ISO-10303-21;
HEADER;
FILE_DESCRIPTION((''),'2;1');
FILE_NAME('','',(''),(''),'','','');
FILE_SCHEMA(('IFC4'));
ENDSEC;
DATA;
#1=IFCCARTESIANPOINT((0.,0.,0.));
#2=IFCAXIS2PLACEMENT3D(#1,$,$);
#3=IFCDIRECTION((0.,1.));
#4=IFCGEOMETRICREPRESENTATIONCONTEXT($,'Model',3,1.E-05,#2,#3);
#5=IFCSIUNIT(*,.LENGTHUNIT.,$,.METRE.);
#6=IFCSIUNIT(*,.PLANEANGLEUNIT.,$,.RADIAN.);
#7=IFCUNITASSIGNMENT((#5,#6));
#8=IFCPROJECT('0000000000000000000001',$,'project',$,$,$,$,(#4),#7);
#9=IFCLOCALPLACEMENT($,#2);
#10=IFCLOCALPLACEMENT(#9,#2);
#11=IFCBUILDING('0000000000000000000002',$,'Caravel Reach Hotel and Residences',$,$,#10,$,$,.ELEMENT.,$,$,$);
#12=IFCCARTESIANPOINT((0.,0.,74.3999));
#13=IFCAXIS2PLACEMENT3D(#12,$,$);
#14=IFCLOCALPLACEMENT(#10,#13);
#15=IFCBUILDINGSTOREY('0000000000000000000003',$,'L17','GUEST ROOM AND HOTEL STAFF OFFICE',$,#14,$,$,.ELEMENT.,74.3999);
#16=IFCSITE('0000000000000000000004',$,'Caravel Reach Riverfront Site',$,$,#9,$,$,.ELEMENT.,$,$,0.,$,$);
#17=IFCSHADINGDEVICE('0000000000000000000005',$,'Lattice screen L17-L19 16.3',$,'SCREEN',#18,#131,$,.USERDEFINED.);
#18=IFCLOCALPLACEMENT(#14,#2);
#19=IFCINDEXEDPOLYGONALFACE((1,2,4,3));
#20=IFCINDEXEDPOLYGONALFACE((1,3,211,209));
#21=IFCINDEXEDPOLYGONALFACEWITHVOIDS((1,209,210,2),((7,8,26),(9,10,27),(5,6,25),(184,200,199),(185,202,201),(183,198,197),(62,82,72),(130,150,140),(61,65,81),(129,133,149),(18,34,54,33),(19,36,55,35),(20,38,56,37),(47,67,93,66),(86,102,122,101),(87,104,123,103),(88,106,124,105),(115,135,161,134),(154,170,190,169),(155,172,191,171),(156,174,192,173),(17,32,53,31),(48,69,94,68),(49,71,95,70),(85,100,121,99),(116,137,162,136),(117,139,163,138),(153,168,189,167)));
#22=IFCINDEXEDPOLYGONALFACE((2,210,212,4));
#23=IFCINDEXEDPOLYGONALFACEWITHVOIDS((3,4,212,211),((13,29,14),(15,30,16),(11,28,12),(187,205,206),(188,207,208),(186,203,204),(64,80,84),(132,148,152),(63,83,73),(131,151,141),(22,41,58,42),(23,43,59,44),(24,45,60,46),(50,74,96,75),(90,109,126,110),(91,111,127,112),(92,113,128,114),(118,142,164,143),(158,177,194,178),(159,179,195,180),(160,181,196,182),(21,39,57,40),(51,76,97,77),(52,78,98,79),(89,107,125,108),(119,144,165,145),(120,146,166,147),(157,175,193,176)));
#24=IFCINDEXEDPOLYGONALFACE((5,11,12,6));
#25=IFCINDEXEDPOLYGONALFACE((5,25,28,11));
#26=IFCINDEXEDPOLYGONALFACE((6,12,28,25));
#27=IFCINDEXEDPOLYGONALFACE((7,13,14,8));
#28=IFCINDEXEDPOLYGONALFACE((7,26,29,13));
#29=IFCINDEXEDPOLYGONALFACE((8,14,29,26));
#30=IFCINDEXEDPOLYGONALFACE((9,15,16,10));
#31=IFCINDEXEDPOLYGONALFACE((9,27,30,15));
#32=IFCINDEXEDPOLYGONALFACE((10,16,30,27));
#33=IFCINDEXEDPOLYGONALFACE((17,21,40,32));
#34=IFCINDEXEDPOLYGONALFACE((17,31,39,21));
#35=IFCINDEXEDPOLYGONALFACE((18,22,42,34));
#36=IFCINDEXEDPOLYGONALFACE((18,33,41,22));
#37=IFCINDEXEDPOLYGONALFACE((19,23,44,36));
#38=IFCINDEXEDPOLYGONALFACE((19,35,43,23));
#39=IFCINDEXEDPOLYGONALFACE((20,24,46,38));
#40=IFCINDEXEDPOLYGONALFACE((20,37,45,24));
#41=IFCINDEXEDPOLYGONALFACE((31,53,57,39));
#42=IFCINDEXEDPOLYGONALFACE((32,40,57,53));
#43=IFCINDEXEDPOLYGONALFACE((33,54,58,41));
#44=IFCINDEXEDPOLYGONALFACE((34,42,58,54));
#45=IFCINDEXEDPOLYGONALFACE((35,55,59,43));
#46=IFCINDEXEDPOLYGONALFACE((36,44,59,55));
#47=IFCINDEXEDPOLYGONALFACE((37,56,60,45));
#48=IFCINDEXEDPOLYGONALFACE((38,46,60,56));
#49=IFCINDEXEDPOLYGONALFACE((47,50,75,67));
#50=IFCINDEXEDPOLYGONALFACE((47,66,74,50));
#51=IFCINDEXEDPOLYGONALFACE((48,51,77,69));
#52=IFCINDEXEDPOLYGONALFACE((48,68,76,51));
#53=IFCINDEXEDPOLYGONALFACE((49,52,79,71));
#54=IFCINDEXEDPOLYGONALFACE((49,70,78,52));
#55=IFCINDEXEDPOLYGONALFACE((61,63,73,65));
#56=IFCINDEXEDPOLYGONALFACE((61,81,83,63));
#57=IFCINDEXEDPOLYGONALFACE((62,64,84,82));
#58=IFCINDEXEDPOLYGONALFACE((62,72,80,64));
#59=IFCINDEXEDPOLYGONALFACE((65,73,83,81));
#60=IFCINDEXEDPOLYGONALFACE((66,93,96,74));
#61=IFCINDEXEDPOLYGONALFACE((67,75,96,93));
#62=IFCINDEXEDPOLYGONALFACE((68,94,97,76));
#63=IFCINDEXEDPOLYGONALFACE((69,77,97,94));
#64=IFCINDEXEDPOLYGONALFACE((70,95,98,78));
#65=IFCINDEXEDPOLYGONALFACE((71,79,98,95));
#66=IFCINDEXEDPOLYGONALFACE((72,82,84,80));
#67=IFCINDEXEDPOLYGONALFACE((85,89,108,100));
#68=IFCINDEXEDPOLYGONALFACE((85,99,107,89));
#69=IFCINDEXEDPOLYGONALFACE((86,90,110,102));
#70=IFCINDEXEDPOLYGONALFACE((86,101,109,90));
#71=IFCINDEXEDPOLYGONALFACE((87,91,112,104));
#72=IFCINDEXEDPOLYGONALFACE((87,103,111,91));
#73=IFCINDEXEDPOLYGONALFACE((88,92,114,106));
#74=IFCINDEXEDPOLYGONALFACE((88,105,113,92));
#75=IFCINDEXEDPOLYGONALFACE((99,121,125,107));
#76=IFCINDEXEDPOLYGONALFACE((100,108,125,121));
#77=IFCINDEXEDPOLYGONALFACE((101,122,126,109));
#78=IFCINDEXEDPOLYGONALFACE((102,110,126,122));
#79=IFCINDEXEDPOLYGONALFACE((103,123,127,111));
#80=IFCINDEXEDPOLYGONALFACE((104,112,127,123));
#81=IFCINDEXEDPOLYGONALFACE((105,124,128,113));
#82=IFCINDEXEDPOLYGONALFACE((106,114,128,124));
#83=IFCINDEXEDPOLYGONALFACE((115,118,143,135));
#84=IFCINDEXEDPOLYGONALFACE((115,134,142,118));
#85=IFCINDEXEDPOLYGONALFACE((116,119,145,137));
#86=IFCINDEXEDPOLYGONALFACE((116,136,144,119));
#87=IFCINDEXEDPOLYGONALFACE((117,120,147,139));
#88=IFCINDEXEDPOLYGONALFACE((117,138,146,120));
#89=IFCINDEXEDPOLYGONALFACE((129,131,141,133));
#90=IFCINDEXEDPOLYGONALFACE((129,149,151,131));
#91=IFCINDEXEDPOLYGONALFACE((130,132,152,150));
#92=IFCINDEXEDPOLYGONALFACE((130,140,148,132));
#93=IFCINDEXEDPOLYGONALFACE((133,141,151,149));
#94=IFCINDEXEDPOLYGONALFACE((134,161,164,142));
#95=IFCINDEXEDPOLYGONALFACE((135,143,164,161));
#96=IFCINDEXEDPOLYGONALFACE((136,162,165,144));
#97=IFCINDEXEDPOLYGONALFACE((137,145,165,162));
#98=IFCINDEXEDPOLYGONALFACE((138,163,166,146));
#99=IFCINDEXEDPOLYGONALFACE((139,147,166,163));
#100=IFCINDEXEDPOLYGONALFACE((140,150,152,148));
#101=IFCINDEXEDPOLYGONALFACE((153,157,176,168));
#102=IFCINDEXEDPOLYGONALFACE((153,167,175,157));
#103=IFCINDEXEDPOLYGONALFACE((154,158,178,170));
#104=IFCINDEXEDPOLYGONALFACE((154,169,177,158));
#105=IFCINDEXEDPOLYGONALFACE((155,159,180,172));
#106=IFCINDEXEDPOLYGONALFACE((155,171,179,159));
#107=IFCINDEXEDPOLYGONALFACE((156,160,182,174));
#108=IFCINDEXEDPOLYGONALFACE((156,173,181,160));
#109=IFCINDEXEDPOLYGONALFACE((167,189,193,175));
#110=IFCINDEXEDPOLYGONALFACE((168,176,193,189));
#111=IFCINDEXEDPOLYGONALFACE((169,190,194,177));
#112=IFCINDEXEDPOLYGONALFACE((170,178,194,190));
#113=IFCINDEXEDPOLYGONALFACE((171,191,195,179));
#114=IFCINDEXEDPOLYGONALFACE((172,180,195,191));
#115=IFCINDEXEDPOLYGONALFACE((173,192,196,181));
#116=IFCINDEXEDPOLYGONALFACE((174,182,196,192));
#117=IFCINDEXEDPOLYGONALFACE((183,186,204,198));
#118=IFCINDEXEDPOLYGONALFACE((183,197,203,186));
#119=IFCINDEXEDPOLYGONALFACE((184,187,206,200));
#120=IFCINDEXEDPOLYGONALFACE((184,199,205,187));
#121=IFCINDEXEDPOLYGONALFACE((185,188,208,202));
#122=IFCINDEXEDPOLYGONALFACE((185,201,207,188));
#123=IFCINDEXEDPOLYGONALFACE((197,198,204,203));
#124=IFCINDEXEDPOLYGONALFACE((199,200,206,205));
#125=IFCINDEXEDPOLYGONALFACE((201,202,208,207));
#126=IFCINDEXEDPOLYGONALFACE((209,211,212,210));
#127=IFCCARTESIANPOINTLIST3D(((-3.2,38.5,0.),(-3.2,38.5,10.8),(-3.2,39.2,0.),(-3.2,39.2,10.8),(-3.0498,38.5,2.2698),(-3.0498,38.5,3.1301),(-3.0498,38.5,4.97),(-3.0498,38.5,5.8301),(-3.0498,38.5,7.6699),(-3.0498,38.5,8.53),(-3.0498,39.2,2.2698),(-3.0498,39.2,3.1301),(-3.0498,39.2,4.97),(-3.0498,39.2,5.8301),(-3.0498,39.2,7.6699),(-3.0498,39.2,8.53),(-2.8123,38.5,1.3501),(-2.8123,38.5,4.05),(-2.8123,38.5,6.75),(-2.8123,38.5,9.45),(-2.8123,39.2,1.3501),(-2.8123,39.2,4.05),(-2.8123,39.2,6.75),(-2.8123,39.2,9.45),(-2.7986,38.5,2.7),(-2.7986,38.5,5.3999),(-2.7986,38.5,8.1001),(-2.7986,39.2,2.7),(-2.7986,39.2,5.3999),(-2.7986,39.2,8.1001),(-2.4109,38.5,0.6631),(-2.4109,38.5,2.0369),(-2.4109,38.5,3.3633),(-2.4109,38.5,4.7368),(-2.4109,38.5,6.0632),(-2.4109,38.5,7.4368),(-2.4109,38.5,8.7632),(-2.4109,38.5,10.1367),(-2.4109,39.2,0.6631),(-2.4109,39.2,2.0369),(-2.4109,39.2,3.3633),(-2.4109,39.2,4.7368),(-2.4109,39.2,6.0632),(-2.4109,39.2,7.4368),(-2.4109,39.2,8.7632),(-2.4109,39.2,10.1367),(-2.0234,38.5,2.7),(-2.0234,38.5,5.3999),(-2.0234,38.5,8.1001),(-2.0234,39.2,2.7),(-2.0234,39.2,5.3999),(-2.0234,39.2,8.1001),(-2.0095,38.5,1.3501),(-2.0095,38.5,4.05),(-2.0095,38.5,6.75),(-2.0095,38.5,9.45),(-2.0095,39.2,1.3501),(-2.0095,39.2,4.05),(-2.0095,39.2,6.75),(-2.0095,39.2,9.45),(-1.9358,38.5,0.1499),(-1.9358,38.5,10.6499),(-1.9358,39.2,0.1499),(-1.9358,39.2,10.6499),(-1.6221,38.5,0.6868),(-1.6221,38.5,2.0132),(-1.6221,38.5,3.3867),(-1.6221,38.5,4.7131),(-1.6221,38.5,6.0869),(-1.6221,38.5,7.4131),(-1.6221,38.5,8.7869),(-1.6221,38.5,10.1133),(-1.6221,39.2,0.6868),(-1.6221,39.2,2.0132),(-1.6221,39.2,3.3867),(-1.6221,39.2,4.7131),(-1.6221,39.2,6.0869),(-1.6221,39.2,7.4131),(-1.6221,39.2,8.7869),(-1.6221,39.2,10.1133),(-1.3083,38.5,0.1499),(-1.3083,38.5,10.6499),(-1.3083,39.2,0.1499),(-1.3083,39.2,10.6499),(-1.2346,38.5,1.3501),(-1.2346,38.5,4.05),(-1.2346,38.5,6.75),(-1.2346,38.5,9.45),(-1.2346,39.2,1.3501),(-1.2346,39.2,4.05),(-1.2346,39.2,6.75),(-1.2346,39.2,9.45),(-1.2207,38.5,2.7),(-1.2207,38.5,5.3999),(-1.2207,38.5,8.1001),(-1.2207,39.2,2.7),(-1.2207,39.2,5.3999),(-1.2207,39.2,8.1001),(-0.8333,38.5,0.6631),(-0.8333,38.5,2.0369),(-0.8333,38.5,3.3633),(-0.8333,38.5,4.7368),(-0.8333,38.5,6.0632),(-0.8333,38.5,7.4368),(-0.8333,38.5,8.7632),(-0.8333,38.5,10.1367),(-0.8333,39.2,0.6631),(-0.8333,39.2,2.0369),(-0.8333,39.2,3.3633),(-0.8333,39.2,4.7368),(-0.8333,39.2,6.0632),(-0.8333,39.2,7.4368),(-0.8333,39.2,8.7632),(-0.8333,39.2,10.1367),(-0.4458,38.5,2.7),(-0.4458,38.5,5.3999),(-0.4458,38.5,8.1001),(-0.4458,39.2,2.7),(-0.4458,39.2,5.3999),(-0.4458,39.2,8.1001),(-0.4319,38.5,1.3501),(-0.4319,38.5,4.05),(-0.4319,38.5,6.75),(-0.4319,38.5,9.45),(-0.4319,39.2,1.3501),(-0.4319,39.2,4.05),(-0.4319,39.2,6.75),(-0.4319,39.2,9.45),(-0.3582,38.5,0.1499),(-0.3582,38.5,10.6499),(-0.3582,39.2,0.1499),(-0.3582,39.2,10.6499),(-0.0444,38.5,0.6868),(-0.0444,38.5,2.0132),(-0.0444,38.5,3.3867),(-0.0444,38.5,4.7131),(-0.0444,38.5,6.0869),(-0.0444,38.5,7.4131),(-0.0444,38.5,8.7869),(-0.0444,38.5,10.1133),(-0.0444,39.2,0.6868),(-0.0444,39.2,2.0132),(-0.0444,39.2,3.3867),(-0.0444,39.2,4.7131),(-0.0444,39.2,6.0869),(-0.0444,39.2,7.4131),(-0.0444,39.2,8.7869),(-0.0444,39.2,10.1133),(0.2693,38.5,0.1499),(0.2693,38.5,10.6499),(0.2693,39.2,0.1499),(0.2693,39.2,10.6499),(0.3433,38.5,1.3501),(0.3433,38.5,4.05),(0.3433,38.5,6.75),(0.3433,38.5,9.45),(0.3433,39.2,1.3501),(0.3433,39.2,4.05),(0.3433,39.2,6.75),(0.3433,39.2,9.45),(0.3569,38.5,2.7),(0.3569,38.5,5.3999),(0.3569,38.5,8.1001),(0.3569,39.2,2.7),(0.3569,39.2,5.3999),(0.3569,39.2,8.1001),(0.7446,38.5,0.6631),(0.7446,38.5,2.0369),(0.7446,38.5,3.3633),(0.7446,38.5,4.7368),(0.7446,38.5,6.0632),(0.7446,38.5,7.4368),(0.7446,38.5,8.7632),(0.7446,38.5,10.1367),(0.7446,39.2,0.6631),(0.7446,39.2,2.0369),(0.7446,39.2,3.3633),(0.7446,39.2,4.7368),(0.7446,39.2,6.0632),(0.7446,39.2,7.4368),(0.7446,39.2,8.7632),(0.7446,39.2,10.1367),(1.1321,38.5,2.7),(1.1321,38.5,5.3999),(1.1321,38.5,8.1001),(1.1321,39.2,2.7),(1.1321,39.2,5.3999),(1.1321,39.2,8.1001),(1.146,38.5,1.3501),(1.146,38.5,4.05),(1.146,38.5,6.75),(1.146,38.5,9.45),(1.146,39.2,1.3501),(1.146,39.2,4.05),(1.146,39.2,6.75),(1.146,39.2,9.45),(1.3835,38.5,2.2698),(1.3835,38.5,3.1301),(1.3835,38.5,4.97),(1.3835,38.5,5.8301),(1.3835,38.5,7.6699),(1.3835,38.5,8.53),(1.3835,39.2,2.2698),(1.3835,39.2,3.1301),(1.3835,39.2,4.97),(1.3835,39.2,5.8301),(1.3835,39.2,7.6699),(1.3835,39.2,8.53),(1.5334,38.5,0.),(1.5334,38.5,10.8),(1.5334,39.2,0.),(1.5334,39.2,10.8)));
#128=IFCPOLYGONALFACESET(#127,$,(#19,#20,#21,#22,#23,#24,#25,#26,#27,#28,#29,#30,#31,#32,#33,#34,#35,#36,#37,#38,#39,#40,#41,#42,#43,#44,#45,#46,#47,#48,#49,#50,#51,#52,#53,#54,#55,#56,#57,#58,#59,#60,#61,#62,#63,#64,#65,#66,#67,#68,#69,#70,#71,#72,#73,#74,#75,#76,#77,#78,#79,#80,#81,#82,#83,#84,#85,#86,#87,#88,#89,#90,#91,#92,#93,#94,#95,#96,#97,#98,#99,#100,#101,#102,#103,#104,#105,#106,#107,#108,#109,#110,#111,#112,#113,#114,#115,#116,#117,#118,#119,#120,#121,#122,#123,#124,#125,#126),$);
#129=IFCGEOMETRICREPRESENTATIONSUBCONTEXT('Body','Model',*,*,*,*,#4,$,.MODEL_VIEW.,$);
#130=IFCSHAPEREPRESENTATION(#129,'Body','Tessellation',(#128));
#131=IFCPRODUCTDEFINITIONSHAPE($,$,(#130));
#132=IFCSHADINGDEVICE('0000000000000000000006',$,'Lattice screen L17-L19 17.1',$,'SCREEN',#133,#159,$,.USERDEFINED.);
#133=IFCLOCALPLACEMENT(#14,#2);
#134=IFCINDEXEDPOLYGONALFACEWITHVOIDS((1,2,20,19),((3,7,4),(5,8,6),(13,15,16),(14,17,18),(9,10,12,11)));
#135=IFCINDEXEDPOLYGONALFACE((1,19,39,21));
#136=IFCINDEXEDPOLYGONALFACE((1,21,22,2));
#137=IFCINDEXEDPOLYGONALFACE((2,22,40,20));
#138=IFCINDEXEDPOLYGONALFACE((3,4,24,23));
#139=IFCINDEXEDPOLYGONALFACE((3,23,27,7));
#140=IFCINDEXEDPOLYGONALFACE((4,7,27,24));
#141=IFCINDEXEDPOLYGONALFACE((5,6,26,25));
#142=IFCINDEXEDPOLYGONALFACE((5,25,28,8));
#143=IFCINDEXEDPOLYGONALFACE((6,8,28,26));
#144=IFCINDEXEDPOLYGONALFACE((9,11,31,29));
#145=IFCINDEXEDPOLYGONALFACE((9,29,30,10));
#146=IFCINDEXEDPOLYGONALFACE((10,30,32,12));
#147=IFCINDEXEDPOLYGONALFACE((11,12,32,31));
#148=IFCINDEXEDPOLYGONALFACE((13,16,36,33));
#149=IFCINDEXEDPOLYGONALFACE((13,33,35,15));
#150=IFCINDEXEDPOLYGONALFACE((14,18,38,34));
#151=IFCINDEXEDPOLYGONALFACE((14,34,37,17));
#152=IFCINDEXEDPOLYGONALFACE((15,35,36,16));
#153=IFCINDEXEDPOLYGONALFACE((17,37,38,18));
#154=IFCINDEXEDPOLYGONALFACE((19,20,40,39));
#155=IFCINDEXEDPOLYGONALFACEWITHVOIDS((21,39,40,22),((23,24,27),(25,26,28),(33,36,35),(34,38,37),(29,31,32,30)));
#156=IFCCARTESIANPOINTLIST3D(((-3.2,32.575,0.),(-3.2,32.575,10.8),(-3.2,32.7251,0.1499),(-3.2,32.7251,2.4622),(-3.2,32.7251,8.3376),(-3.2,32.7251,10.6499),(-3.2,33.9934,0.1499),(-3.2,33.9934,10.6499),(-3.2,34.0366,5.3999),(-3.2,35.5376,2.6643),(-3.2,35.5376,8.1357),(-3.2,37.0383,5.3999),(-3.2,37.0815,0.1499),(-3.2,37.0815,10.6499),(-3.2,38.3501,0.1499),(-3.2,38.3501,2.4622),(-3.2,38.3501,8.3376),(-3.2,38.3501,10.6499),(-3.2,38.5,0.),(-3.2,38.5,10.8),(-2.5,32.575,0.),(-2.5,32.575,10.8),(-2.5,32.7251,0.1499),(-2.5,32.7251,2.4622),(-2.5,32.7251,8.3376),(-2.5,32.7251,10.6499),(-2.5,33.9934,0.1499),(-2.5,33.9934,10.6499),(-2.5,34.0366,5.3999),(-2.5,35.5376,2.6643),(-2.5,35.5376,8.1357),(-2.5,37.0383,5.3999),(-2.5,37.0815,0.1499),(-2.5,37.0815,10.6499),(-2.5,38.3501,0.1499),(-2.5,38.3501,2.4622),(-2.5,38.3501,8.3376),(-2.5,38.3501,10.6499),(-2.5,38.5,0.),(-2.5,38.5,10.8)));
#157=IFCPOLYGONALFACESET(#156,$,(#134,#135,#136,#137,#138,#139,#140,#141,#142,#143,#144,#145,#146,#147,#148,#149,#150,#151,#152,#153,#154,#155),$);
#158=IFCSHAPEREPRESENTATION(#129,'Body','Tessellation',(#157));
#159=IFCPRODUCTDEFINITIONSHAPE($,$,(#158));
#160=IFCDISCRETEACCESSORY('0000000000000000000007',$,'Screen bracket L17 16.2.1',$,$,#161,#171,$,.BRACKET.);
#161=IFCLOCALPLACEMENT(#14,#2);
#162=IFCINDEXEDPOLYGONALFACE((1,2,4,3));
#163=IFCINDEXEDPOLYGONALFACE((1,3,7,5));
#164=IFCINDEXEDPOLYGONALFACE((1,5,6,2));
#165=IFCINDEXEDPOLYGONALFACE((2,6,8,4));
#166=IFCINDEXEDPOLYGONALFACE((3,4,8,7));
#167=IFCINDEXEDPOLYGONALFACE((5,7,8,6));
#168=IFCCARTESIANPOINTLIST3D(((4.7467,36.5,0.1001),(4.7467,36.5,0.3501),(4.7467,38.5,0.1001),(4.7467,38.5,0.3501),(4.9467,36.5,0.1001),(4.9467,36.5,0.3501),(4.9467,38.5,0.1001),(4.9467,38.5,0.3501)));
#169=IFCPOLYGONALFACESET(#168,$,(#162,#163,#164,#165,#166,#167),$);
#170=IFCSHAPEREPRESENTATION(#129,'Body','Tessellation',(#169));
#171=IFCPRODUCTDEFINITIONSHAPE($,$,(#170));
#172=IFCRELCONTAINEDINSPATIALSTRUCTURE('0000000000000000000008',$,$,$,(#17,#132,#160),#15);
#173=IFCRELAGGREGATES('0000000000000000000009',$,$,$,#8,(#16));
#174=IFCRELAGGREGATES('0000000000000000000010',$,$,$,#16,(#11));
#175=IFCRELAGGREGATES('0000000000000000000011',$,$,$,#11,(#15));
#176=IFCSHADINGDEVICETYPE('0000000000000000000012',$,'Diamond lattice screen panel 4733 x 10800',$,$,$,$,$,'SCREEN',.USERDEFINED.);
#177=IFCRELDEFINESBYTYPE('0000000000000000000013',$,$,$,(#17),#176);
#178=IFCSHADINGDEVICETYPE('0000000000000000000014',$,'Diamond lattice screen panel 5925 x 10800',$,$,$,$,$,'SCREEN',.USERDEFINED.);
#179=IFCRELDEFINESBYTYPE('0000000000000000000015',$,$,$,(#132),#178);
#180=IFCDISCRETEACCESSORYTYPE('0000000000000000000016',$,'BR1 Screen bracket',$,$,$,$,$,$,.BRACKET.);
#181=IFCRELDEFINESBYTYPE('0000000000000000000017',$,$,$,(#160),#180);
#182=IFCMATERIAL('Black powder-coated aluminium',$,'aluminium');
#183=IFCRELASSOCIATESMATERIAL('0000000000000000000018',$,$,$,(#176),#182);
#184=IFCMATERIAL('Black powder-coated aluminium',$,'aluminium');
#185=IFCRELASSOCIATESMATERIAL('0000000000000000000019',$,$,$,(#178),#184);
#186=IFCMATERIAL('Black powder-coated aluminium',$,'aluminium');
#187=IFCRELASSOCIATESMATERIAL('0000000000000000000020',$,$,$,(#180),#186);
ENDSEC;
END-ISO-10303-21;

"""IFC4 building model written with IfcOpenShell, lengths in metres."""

from ifc_helpers import new_model, si_unit, direction, frame, origin, origin_2d, place, context, subcontext, project, spatial, polyline, rectangle, outline, extrude, material, type_object, element, save


model = new_model("IFC4")

# Units and contexts
model_context = context("Model", 3, precision=1e-05, world=origin(), true_north=direction((0.0, 1.0)))
body_context = subcontext(model_context, "Body", "Model", "MODEL_VIEW")
ifc_project = project(units=[si_unit("LENGTHUNIT", "METRE"), si_unit("PLANEANGLEUNIT", "RADIAN")], contexts=[model_context])

# Site, building, storey
site_placement = place(None, origin())
site = spatial("IfcSite", under=ifc_project, at=site_placement, Name="Caravel Reach Riverfront Site", CompositionType="ELEMENT", RefElevation=0.0)
building_placement = place(site_placement, origin())
building = spatial("IfcBuilding", under=site, at=building_placement, Name="Caravel Reach Hotel and Residences", CompositionType="ELEMENT")
storey_placement = place(building_placement, frame((0.0, 0.0, 74.3999)))
storey = spatial("IfcBuildingStorey", under=building, at=storey_placement, Name="L17", Description="GUEST ROOM AND HOTEL STAFF OFFICE", CompositionType="ELEMENT", Elevation=74.3999)

# Shading devices
ifc_material_1 = material(Name="Black powder-coated aluminium", Category="aluminium")
shading_device_type_1 = type_object("IfcShadingDeviceType", Name="Diamond lattice screen panel 4733 x 10800", ElementType="SCREEN", PredefinedType="USERDEFINED", material=ifc_material_1)
shading_device_1_placement = place(storey_placement, frame((1.5334, 38.5, 0.0), z_axis=(0.0, 1.0, 0.0), x_axis=(-1.0, 0.0, 0.0)))
element("IfcShadingDevice", 1, at=shading_device_1_placement, inside=storey, type_object=shading_device_type_1, Name="Lattice screen L17-L19 16.3", ObjectType="SCREEN", PredefinedType="USERDEFINED", context=body_context, shape_type="SweptSolid", body=[
    extrude(outline(polyline([(0.0, 0.0), (4.7334, 0.0), (4.7334, 10.8), (0.0, 10.8), (0.0, 0.0)]), holes=[polyline([(0.4014, 2.7), (0.1499, 3.1301), (0.1499, 2.2698), (0.4014, 2.7)]), polyline([(0.4014, 5.3999), (0.1499, 5.8301), (0.1499, 4.97), (0.4014, 5.3999)]), polyline([(0.4014, 8.1001), (0.1499, 8.53), (0.1499, 7.6699), (0.4014, 8.1001)]), polyline([(0.7888, 2.0369), (0.3875, 1.3501), (0.7888, 0.6631), (1.1902, 1.3501), (0.7888, 2.0369)]), polyline([(0.7888, 4.7368), (0.3875, 4.05), (0.7888, 3.3633), (1.1902, 4.05), (0.7888, 4.7368)]), polyline([(0.7888, 7.4368), (0.3875, 6.75), (0.7888, 6.0632), (1.1902, 6.75), (0.7888, 7.4368)]), polyline([(0.7888, 10.1367), (0.3875, 9.45), (0.7888, 8.7632), (1.1902, 9.45), (0.7888, 10.1367)]), polyline([(1.5779, 0.6868), (1.2642, 0.1499), (1.8916, 0.1499), (1.5779, 0.6868)]), polyline([(1.5779, 3.3867), (1.1765, 2.7), (1.5779, 2.0132), (1.9792, 2.7), (1.5779, 3.3867)]), polyline([(1.5779, 6.0869), (1.1765, 5.3999), (1.5779, 4.7131), (1.9792, 5.3999), (1.5779, 6.0869)]), polyline([(1.5779, 8.7869), (1.1765, 8.1001), (1.5779, 7.4131), (1.9792, 8.1001), (1.5779, 8.7869)]), polyline([(1.5779, 10.1133), (1.8916, 10.6499), (1.2642, 10.6499), (1.5779, 10.1133)]), polyline([(2.3667, 2.0369), (1.9653, 1.3501), (2.3667, 0.6631), (2.7681, 1.3501), (2.3667, 2.0369)]), polyline([(2.3667, 4.7368), (1.9653, 4.05), (2.3667, 3.3633), (2.7681, 4.05), (2.3667, 4.7368)]), polyline([(2.3667, 7.4368), (1.9653, 6.75), (2.3667, 6.0632), (2.7681, 6.75), (2.3667, 7.4368)]), polyline([(2.3667, 10.1367), (1.9653, 9.45), (2.3667, 8.7632), (2.7681, 9.45), (2.3667, 10.1367)]), polyline([(3.1555, 0.6868), (2.8418, 0.1499), (3.4692, 0.1499), (3.1555, 0.6868)]), polyline([(3.1555, 3.3867), (2.7542, 2.7), (3.1555, 2.0132), (3.5569, 2.7), (3.1555, 3.3867)]), polyline([(3.1555, 6.0869), (2.7542, 5.3999), (3.1555, 4.7131), (3.5569, 5.3999), (3.1555, 6.0869)]), polyline([(3.1555, 8.7869), (2.7542, 8.1001), (3.1555, 7.4131), (3.5569, 8.1001), (3.1555, 8.7869)]), polyline([(3.1555, 10.1133), (3.4692, 10.6499), (2.8418, 10.6499), (3.1555, 10.1133)]), polyline([(3.9443, 2.0369), (3.543, 1.3501), (3.9443, 0.6631), (4.3457, 1.3501), (3.9443, 2.0369)]), polyline([(3.9443, 4.7368), (3.543, 4.05), (3.9443, 3.3633), (4.3457, 4.05), (3.9443, 4.7368)]), polyline([(3.9443, 7.4368), (3.543, 6.75), (3.9443, 6.0632), (4.3457, 6.75), (3.9443, 7.4368)]), polyline([(3.9443, 10.1367), (3.543, 9.45), (3.9443, 8.7632), (4.3457, 9.45), (3.9443, 10.1367)]), polyline([(4.332, 2.7), (4.5833, 2.2698), (4.5833, 3.1301), (4.332, 2.7)]), polyline([(4.332, 5.3999), (4.5833, 4.97), (4.5833, 5.8301), (4.332, 5.3999)]), polyline([(4.332, 8.1001), (4.5833, 7.6699), (4.5833, 8.53), (4.332, 8.1001)])]), origin(), (0.0, 0.0, 1.0), 0.7),
])
ifc_material_2 = material(Name="Black powder-coated aluminium", Category="aluminium")
shading_device_type_2 = type_object("IfcShadingDeviceType", Name="Diamond lattice screen panel 5925 x 10800", ElementType="SCREEN", PredefinedType="USERDEFINED", material=ifc_material_2)
shading_device_2_placement = place(storey_placement, frame((-2.5, 38.5, 0.0), z_axis=(-1.0, 0.0, 0.0), x_axis=(0.0, -1.0, 0.0)))
element("IfcShadingDevice", 2, at=shading_device_2_placement, inside=storey, type_object=shading_device_type_2, Name="Lattice screen L17-L19 17.1", ObjectType="SCREEN", PredefinedType="USERDEFINED", context=body_context, shape_type="SweptSolid", body=[
    extrude(outline(polyline([(0.0, 0.0), (5.925, 0.0), (5.925, 10.8), (0.0, 10.8), (0.0, 0.0)]), holes=[polyline([(1.4185, 0.1499), (0.1499, 2.4622), (0.1499, 0.1499), (1.4185, 0.1499)]), polyline([(0.1499, 8.3376), (1.4185, 10.6499), (0.1499, 10.6499), (0.1499, 8.3376)]), polyline([(2.9624, 8.1357), (1.4617, 5.3999), (2.9624, 2.6643), (4.4634, 5.3999), (2.9624, 8.1357)]), polyline([(5.7749, 2.4622), (4.5066, 0.1499), (5.7749, 0.1499), (5.7749, 2.4622)]), polyline([(4.5066, 10.6499), (5.7749, 8.3376), (5.7749, 10.6499), (4.5066, 10.6499)])]), origin(), (0.0, 0.0, 1.0), 0.7),
])

# Discrete accessory
ifc_material_3 = material(Name="Black powder-coated aluminium", Category="aluminium")
discrete_accessory_type = type_object("IfcDiscreteAccessoryType", Name="BR1 Screen bracket", PredefinedType="BRACKET", material=ifc_material_3)
discrete_accessory_placement = place(storey_placement, frame((4.8467, 37.5, 0.1001), z_axis=(0.0, 0.0, 1.0), x_axis=(0.0, 1.0, 0.0)))
element("IfcDiscreteAccessory", 3, at=discrete_accessory_placement, inside=storey, type_object=discrete_accessory_type, Name="Screen bracket L17 16.2.1", PredefinedType="BRACKET", context=body_context, shape_type="SweptSolid", body=[
    extrude(rectangle(XDim=2.0, YDim=0.2, at=origin_2d()), origin(), (0.0, 0.0, 1.0), 0.25),
])

save(model, "model.ifc")
